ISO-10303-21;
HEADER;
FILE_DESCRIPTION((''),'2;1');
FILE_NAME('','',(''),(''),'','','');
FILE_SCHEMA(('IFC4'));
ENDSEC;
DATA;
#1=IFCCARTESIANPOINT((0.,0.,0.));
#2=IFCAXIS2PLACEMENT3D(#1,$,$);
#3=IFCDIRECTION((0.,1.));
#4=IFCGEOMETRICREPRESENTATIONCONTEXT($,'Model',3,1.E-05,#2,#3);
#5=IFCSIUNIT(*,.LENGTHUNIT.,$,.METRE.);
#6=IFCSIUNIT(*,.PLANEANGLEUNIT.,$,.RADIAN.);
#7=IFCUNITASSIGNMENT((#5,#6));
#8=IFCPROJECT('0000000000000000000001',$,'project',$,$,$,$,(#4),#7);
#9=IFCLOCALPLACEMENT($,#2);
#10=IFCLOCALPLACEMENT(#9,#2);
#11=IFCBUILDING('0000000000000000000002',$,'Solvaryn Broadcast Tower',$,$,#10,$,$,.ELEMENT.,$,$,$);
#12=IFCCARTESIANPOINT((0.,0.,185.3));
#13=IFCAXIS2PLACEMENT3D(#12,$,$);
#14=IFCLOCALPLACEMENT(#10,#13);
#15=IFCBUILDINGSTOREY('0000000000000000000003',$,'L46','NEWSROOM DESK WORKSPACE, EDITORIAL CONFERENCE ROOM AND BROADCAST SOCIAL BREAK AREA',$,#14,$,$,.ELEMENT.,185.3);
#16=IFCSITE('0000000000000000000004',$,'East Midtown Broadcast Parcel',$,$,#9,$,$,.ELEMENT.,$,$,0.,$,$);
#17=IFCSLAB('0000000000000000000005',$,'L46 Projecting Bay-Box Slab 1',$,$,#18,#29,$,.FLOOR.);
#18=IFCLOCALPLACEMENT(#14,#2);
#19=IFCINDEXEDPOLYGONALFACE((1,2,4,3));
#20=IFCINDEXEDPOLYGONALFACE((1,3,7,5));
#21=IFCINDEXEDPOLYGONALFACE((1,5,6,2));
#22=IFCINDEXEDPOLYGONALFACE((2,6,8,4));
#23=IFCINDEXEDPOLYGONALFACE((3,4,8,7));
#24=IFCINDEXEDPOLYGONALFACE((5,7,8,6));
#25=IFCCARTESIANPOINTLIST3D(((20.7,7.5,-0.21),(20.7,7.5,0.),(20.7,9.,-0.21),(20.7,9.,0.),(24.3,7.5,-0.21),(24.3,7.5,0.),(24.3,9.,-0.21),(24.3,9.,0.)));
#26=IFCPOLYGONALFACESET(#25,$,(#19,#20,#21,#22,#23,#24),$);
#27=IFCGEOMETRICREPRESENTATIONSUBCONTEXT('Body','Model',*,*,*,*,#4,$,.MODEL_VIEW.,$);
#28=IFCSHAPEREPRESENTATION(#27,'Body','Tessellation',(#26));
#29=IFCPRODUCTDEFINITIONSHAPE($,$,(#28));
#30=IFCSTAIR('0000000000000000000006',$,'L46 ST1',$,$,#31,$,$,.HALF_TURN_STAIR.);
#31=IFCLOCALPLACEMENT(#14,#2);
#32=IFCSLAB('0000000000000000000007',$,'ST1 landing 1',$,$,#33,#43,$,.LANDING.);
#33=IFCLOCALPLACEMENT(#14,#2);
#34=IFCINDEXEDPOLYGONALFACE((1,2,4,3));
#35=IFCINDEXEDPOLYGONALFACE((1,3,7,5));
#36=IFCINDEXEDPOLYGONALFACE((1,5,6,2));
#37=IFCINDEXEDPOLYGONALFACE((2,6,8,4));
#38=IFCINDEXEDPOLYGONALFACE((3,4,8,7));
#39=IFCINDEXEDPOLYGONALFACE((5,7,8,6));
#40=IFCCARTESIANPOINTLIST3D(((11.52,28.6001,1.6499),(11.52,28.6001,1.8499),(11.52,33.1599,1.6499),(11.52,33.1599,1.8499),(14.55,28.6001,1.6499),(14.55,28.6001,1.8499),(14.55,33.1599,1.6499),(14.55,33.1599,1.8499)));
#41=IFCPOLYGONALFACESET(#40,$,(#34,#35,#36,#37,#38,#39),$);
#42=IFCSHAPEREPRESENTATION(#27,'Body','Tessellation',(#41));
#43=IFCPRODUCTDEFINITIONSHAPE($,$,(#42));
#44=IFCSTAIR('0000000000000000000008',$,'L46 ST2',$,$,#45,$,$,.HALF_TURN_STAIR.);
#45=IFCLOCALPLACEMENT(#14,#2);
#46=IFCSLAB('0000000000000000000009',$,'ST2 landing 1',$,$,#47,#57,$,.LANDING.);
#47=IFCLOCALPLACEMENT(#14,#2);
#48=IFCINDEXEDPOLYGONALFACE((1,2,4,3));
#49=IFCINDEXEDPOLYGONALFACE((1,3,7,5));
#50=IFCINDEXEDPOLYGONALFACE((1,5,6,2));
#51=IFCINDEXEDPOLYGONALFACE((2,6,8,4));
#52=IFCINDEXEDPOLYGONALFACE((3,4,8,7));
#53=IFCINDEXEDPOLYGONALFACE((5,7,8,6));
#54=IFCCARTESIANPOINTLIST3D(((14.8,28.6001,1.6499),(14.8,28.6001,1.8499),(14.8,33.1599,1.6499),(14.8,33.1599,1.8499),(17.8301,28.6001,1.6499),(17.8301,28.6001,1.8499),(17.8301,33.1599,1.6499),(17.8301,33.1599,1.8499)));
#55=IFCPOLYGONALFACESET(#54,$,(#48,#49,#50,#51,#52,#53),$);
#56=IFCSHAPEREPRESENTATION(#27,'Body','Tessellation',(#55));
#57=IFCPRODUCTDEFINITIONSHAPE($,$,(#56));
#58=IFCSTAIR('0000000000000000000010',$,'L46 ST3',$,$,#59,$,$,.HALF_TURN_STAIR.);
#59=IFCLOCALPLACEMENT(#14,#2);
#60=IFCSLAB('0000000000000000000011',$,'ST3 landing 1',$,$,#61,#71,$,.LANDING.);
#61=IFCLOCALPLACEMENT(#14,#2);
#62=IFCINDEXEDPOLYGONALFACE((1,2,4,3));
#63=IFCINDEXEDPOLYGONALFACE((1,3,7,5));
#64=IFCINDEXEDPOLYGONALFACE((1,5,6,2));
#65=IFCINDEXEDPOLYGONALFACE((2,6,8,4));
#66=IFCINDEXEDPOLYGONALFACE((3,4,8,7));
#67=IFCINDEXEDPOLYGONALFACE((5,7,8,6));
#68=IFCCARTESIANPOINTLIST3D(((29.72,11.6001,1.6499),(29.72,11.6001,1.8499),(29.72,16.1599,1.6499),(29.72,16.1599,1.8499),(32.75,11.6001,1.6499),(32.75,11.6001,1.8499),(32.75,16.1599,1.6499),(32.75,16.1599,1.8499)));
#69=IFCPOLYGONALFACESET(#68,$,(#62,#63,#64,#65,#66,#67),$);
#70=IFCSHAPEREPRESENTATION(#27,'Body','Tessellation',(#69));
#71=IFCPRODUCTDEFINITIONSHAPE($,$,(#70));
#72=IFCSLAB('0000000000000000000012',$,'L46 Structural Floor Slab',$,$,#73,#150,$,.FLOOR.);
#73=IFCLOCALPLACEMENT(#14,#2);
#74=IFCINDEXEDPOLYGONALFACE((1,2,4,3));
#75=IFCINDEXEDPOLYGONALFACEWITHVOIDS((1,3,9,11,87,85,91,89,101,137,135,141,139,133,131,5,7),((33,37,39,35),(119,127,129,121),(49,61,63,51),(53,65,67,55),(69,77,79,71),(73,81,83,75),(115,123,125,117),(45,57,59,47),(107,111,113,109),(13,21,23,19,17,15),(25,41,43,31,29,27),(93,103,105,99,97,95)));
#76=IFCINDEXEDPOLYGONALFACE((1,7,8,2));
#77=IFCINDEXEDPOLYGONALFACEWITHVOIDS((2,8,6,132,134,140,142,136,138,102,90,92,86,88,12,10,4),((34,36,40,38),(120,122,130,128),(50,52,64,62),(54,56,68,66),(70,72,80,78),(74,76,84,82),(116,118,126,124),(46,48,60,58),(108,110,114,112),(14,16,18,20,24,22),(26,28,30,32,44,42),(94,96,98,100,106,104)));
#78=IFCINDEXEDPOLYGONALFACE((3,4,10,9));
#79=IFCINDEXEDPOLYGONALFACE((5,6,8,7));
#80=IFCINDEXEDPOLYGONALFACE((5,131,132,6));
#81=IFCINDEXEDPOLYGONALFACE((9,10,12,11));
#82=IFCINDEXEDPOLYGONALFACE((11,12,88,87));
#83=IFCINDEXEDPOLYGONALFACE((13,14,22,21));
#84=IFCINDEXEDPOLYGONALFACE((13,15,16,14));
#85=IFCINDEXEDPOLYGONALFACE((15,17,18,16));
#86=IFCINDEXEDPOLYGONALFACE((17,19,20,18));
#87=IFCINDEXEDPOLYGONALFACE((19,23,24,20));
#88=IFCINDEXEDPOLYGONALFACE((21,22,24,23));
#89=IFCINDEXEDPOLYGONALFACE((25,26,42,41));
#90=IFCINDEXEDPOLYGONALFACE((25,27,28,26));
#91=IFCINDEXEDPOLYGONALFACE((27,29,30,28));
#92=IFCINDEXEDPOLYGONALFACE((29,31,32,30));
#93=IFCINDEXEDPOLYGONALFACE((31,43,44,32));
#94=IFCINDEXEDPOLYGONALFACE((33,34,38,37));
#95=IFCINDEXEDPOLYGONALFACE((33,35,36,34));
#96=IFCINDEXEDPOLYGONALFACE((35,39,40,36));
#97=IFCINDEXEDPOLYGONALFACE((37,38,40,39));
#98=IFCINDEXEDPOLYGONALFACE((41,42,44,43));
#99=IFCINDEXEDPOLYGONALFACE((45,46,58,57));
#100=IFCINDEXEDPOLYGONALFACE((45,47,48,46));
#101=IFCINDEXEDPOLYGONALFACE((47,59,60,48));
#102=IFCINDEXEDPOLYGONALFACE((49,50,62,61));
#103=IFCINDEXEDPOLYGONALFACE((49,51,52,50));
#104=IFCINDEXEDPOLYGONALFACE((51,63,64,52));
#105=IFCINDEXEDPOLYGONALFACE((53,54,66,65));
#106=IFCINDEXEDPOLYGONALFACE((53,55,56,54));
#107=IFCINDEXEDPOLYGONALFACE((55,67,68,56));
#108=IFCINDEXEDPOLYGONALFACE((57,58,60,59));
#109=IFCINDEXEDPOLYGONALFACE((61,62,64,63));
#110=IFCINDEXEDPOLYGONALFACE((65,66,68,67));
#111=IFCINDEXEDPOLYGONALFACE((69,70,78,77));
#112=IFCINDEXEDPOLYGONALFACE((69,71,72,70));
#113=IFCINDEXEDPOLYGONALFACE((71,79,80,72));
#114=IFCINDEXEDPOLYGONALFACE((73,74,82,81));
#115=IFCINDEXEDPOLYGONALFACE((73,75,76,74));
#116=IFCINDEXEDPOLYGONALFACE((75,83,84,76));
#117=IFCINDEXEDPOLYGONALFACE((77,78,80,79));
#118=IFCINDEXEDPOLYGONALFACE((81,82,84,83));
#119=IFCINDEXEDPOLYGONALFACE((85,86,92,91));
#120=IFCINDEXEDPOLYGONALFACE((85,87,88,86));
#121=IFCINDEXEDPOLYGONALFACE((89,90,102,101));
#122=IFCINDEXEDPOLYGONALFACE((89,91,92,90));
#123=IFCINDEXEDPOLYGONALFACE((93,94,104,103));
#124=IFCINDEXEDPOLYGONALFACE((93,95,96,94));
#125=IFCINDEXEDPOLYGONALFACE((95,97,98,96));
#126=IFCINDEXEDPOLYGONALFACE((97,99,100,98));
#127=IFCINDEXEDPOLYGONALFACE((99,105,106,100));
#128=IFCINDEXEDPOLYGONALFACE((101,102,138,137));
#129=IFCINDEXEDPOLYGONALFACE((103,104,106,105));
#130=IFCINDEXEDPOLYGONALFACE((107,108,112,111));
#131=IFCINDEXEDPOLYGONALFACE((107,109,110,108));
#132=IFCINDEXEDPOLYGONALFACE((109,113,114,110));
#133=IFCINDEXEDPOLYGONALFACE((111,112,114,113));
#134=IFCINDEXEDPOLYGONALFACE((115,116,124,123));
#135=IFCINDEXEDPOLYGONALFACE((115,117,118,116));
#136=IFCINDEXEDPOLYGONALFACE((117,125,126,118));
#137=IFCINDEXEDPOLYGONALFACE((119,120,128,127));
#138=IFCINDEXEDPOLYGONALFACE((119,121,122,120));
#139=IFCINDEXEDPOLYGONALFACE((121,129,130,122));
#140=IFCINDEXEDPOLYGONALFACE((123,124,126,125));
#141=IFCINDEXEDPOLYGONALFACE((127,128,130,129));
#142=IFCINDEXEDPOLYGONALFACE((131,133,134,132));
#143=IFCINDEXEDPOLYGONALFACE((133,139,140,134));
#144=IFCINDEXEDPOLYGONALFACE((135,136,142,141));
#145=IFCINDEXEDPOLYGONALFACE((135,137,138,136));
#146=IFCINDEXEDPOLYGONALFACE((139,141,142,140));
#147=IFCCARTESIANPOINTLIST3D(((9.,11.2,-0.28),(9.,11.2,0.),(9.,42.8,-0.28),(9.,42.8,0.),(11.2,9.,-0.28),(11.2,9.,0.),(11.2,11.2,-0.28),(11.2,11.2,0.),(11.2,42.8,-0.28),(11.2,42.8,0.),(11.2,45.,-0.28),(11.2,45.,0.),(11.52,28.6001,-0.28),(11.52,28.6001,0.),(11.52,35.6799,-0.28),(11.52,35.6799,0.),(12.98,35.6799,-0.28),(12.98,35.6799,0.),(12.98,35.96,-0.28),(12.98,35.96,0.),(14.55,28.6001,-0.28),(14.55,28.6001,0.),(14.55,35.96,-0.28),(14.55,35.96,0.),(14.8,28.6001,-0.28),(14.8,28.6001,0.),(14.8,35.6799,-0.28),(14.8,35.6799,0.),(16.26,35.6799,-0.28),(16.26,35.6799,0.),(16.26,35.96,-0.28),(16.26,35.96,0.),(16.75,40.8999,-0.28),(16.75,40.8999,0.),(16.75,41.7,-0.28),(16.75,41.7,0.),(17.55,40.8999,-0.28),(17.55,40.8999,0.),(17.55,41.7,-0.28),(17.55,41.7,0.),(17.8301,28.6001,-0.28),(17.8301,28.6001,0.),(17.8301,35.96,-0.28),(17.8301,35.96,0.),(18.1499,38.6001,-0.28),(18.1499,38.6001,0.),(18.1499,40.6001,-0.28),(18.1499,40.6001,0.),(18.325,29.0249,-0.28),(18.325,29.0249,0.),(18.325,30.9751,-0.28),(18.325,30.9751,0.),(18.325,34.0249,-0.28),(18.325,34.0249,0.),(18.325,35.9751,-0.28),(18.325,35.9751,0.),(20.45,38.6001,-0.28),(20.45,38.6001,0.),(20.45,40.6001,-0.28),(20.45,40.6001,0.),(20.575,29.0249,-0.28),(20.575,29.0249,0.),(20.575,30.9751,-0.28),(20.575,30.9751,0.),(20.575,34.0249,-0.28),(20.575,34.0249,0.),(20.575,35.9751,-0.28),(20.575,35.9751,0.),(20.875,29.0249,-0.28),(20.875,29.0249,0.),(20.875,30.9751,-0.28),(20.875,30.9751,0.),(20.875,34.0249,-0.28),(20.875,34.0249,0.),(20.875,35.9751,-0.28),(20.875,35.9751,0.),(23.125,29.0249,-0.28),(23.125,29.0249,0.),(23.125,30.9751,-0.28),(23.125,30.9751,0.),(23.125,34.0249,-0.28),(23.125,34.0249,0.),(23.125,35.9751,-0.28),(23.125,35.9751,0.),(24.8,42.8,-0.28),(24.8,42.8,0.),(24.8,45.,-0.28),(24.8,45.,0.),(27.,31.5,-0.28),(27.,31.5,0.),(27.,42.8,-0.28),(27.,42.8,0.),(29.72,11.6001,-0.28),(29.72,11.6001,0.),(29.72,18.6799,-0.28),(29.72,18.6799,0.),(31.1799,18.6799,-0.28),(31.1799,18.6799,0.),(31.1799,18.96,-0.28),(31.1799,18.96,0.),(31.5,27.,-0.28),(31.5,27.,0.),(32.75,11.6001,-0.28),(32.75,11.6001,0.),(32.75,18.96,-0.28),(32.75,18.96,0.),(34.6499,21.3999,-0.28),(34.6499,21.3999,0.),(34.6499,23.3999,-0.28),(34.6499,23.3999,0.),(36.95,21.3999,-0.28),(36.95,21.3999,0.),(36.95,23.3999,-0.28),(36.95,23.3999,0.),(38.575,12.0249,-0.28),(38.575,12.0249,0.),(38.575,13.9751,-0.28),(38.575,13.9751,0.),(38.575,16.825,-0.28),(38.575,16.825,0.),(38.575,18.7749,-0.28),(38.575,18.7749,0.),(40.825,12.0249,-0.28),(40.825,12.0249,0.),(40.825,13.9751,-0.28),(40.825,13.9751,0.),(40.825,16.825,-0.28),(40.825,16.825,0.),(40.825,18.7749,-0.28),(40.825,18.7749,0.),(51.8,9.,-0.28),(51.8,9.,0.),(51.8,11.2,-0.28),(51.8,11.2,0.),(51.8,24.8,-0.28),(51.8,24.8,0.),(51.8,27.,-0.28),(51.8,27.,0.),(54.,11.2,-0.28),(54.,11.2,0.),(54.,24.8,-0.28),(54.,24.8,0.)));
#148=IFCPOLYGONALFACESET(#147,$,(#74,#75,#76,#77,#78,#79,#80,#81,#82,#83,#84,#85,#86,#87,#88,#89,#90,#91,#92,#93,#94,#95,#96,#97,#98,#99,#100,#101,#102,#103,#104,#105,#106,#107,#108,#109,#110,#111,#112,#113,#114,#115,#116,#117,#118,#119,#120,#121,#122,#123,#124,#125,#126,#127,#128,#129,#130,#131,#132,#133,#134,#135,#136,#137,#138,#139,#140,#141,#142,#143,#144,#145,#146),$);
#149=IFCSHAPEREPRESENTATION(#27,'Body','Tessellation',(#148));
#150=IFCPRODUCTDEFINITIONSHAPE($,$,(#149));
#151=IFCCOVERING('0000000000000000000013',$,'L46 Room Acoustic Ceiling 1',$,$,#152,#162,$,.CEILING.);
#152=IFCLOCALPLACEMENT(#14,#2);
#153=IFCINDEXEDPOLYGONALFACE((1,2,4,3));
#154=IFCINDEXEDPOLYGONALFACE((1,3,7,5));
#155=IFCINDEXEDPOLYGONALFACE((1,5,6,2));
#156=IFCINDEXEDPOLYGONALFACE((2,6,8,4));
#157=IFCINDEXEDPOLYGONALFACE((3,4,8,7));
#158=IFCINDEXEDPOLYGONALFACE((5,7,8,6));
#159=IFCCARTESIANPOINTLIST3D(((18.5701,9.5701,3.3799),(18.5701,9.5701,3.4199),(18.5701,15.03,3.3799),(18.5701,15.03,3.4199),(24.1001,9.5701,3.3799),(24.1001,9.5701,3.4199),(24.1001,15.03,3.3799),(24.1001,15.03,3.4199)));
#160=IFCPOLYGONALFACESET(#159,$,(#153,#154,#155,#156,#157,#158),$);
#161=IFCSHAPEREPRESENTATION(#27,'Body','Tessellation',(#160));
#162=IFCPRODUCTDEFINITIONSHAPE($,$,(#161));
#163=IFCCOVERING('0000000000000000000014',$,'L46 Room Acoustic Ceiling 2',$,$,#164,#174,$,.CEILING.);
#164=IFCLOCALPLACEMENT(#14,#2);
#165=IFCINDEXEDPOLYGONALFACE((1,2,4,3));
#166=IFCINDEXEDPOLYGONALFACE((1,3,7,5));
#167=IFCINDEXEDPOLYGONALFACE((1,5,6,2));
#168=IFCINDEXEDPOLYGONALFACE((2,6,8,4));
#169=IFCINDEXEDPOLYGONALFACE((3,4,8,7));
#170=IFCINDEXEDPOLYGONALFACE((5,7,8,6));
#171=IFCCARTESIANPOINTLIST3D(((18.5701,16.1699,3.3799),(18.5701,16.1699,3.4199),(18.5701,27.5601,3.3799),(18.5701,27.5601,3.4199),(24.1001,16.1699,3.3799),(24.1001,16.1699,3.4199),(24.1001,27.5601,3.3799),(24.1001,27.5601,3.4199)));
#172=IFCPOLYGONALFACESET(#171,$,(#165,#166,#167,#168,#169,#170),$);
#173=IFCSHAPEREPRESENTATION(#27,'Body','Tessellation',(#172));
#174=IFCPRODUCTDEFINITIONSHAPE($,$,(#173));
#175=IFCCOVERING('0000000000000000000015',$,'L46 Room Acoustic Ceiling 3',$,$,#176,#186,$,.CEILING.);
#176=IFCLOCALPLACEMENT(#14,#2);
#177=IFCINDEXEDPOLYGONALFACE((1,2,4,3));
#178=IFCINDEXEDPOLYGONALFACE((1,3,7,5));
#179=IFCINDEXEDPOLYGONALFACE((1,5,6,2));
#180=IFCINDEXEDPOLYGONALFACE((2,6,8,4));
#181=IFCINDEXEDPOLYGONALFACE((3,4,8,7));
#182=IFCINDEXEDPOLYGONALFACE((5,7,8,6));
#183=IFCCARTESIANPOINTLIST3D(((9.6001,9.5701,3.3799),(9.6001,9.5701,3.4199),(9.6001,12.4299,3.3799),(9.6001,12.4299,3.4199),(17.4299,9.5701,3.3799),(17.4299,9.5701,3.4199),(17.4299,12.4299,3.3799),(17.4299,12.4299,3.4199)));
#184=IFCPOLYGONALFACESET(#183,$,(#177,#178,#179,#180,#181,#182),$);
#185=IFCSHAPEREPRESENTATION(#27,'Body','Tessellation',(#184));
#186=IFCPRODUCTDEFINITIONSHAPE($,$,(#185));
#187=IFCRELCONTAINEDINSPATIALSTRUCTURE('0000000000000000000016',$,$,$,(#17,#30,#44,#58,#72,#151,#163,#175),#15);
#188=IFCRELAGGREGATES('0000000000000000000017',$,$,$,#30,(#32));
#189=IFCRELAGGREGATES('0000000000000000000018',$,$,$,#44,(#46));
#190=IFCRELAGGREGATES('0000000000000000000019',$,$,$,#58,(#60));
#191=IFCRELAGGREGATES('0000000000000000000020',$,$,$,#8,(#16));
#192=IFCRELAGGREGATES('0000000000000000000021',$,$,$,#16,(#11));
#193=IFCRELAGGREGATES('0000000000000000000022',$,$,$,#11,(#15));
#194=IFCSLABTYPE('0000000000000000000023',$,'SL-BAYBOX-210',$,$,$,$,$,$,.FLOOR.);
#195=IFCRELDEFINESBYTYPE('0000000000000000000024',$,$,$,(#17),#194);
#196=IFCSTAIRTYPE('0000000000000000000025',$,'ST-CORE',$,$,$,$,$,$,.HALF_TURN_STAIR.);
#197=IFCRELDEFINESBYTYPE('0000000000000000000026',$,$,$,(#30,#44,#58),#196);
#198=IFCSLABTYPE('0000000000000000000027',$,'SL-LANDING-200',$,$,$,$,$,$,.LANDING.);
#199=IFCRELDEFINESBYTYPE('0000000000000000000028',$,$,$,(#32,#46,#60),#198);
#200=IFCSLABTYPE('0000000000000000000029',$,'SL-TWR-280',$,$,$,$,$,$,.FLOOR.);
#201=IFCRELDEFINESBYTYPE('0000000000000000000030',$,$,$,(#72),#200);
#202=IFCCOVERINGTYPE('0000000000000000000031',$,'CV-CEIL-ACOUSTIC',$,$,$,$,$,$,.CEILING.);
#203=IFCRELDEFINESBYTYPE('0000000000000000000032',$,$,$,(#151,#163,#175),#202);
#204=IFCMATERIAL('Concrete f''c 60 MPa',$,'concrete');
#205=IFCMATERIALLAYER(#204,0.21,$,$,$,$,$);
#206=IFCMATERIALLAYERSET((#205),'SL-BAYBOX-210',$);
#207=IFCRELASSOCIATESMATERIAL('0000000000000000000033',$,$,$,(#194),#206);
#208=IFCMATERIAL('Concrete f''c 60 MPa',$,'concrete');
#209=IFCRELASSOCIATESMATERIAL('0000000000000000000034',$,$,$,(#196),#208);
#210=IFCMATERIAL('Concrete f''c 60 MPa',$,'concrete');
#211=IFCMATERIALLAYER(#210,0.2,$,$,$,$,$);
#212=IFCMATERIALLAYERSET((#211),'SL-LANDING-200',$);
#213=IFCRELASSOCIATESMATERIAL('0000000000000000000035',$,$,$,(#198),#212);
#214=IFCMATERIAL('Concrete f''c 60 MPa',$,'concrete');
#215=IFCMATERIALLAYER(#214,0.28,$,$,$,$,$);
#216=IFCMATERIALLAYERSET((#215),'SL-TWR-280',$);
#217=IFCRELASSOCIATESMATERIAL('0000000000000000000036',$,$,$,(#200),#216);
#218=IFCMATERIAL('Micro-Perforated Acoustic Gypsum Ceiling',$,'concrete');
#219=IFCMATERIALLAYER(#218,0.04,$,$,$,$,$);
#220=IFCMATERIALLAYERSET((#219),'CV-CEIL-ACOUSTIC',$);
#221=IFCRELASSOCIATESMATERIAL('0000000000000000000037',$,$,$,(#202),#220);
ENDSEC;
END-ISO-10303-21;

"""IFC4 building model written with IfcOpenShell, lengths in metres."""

from ifc_helpers import new_model, si_unit, direction, frame, origin, place, context, subcontext, project, spatial, polyline, outline, extrude, material, layer, layer_set, type_object, element, aggregate, save


model = new_model("IFC4")

# Units and contexts
model_context = context("Model", 3, precision=1e-05, world=origin(), true_north=direction((0.0, 1.0)))
body_context = subcontext(model_context, "Body", "Model", "MODEL_VIEW")
ifc_project = project(units=[si_unit("LENGTHUNIT", "METRE"), si_unit("PLANEANGLEUNIT", "RADIAN")], contexts=[model_context])

# Site, building, storey
site_placement = place(None, origin())
site = spatial("IfcSite", under=ifc_project, at=site_placement, Name="East Midtown Broadcast Parcel", CompositionType="ELEMENT", RefElevation=0.0)
building_placement = place(site_placement, origin())
building = spatial("IfcBuilding", under=site, at=building_placement, Name="Solvaryn Broadcast Tower", CompositionType="ELEMENT")
storey_placement = place(building_placement, frame((0.0, 0.0, 185.3)))
storey = spatial("IfcBuildingStorey", under=building, at=storey_placement, Name="L46", Description="NEWSROOM DESK WORKSPACE, EDITORIAL CONFERENCE ROOM AND BROADCAST SOCIAL BREAK AREA", CompositionType="ELEMENT", Elevation=185.3)

# Slab
ifc_material_1 = material(Name="Concrete f'c 60 MPa", Category="concrete")
ifc_layer_1 = layer(ifc_material_1, 0.21)
ifc_layer_set_1 = layer_set([ifc_layer_1], Name="SL-BAYBOX-210")
slab_type_1 = type_object("IfcSlabType", Name="SL-BAYBOX-210", PredefinedType="FLOOR", material=ifc_layer_set_1)
slab_1_placement = place(storey_placement, frame((0.0, 0.0, -0.21)))
element("IfcSlab", 1, at=slab_1_placement, inside=storey, type_object=slab_type_1, Name="L46 Projecting Bay-Box Slab 1", PredefinedType="FLOOR", context=body_context, shape_type="SweptSolid", body=[
    extrude(outline(polyline([(20.7, 7.5), (24.3, 7.5), (24.3, 9.0), (20.7, 9.0), (20.7, 7.5)])), origin(), (0.0, 0.0, 1.0), 0.21),
])

# Stairs, slabs
ifc_material_2 = material(Name="Concrete f'c 60 MPa", Category="concrete")
stair_type = type_object("IfcStairType", Name="ST-CORE", PredefinedType="HALF_TURN_STAIR", material=ifc_material_2)
stair_1_placement = place(storey_placement, origin())
stair_1 = element("IfcStair", 2, at=stair_1_placement, inside=storey, type_object=stair_type, Name="L46 ST1", PredefinedType="HALF_TURN_STAIR")
ifc_material_3 = material(Name="Concrete f'c 60 MPa", Category="concrete")
ifc_layer_2 = layer(ifc_material_3, 0.2)
ifc_layer_set_2 = layer_set([ifc_layer_2], Name="SL-LANDING-200")
slab_type_2 = type_object("IfcSlabType", Name="SL-LANDING-200", PredefinedType="LANDING", material=ifc_layer_set_2)
slab_2_placement = place(storey_placement, frame((0.0, 0.0, 1.6499)))
slab_2 = element("IfcSlab", 3, at=slab_2_placement, type_object=slab_type_2, Name="ST1 landing 1", PredefinedType="LANDING", context=body_context, shape_type="SweptSolid", body=[
    extrude(outline(polyline([(11.52, 33.1599), (11.52, 28.6001), (14.55, 28.6001), (14.55, 33.1599), (11.52, 33.1599)])), origin(), (0.0, 0.0, 1.0), 0.2),
])
aggregate(stair_1, [slab_2])
stair_2_placement = place(storey_placement, origin())
stair_2 = element("IfcStair", 4, at=stair_2_placement, inside=storey, type_object=stair_type, Name="L46 ST2", PredefinedType="HALF_TURN_STAIR")
slab_3_placement = place(storey_placement, frame((0.0, 0.0, 1.6499)))
slab_3 = element("IfcSlab", 5, at=slab_3_placement, type_object=slab_type_2, Name="ST2 landing 1", PredefinedType="LANDING", context=body_context, shape_type="SweptSolid", body=[
    extrude(outline(polyline([(14.8, 33.1599), (14.8, 28.6001), (17.8301, 28.6001), (17.8301, 33.1599), (14.8, 33.1599)])), origin(), (0.0, 0.0, 1.0), 0.2),
])
aggregate(stair_2, [slab_3])
stair_3_placement = place(storey_placement, origin())
stair_3 = element("IfcStair", 6, at=stair_3_placement, inside=storey, type_object=stair_type, Name="L46 ST3", PredefinedType="HALF_TURN_STAIR")
slab_4_placement = place(storey_placement, frame((0.0, 0.0, 1.6499)))
slab_4 = element("IfcSlab", 7, at=slab_4_placement, type_object=slab_type_2, Name="ST3 landing 1", PredefinedType="LANDING", context=body_context, shape_type="SweptSolid", body=[
    extrude(outline(polyline([(29.72, 16.1599), (29.72, 11.6001), (32.75, 11.6001), (32.75, 16.1599), (29.72, 16.1599)])), origin(), (0.0, 0.0, 1.0), 0.2),
])
aggregate(stair_3, [slab_4])

# Slab
ifc_material_4 = material(Name="Concrete f'c 60 MPa", Category="concrete")
ifc_layer_3 = layer(ifc_material_4, 0.28)
ifc_layer_set_3 = layer_set([ifc_layer_3], Name="SL-TWR-280")
slab_type_3 = type_object("IfcSlabType", Name="SL-TWR-280", PredefinedType="FLOOR", material=ifc_layer_set_3)
slab_5_placement = place(storey_placement, frame((0.0, 0.0, -0.28)))
element("IfcSlab", 8, at=slab_5_placement, inside=storey, type_object=slab_type_3, Name="L46 Structural Floor Slab", PredefinedType="FLOOR", context=body_context, shape_type="SweptSolid", body=[
    extrude(outline(polyline([(11.2, 9.0), (51.8, 9.0), (51.8, 11.2), (54.0, 11.2), (54.0, 24.8), (51.8, 24.8), (51.8, 27.0), (31.5, 27.0), (27.0, 31.5), (27.0, 42.8), (24.8, 42.8), (24.8, 45.0), (11.2, 45.0), (11.2, 42.8), (9.0, 42.8), (9.0, 11.2), (11.2, 11.2), (11.2, 9.0)]), holes=[polyline([(11.52, 28.6001), (14.55, 28.6001), (14.55, 35.96), (12.98, 35.96), (12.98, 35.6799), (11.52, 35.6799), (11.52, 28.6001)]), polyline([(14.8, 28.6001), (17.8301, 28.6001), (17.8301, 35.96), (16.26, 35.96), (16.26, 35.6799), (14.8, 35.6799), (14.8, 28.6001)]), polyline([(29.72, 11.6001), (32.75, 11.6001), (32.75, 18.96), (31.1799, 18.96), (31.1799, 18.6799), (29.72, 18.6799), (29.72, 11.6001)]), polyline([(18.1499, 38.6001), (20.45, 38.6001), (20.45, 40.6001), (18.1499, 40.6001), (18.1499, 38.6001)]), polyline([(18.325, 29.0249), (20.575, 29.0249), (20.575, 30.9751), (18.325, 30.9751), (18.325, 29.0249)]), polyline([(20.875, 29.0249), (23.125, 29.0249), (23.125, 30.9751), (20.875, 30.9751), (20.875, 29.0249)]), polyline([(18.325, 34.0249), (20.575, 34.0249), (20.575, 35.9751), (18.325, 35.9751), (18.325, 34.0249)]), polyline([(20.875, 34.0249), (23.125, 34.0249), (23.125, 35.9751), (20.875, 35.9751), (20.875, 34.0249)]), polyline([(34.6499, 21.3999), (36.95, 21.3999), (36.95, 23.3999), (34.6499, 23.3999), (34.6499, 21.3999)]), polyline([(38.575, 12.0249), (40.825, 12.0249), (40.825, 13.9751), (38.575, 13.9751), (38.575, 12.0249)]), polyline([(38.575, 16.825), (40.825, 16.825), (40.825, 18.7749), (38.575, 18.7749), (38.575, 16.825)]), polyline([(16.75, 40.8999), (17.55, 40.8999), (17.55, 41.7), (16.75, 41.7), (16.75, 40.8999)])]), origin(), (0.0, 0.0, 1.0), 0.28),
])

# Coverings
ifc_material_5 = material(Name="Micro-Perforated Acoustic Gypsum Ceiling", Category="concrete")
ifc_layer_4 = layer(ifc_material_5, 0.04)
ifc_layer_set_4 = layer_set([ifc_layer_4], Name="CV-CEIL-ACOUSTIC")
covering_type_1 = type_object("IfcCoveringType", Name="CV-CEIL-ACOUSTIC", PredefinedType="CEILING", material=ifc_layer_set_4)
covering_1_placement = place(storey_placement, frame((0.0, 0.0, 3.3799)))
element("IfcCovering", 9, at=covering_1_placement, inside=storey, type_object=covering_type_1, Name="L46 Room Acoustic Ceiling 1", PredefinedType="CEILING", context=body_context, shape_type="SweptSolid", body=[
    extrude(outline(polyline([(18.5701, 9.5701), (24.1001, 9.5701), (24.1001, 15.03), (18.5701, 15.03), (18.5701, 9.5701)])), origin(), (0.0, 0.0, 1.0), 0.04),
])
covering_2_placement = place(storey_placement, frame((0.0, 0.0, 3.3799)))
element("IfcCovering", 10, at=covering_2_placement, inside=storey, type_object=covering_type_1, Name="L46 Room Acoustic Ceiling 2", PredefinedType="CEILING", context=body_context, shape_type="SweptSolid", body=[
    extrude(outline(polyline([(18.5701, 16.1699), (24.1001, 16.1699), (24.1001, 27.5601), (18.5701, 27.5601), (18.5701, 16.1699)])), origin(), (0.0, 0.0, 1.0), 0.04),
])
covering_3_placement = place(storey_placement, frame((0.0, 0.0, 3.3799)))
element("IfcCovering", 11, at=covering_3_placement, inside=storey, type_object=covering_type_1, Name="L46 Room Acoustic Ceiling 3", PredefinedType="CEILING", context=body_context, shape_type="SweptSolid", body=[
    extrude(outline(polyline([(9.6001, 9.5701), (17.4299, 9.5701), (17.4299, 12.4299), (9.6001, 12.4299), (9.6001, 9.5701)])), origin(), (0.0, 0.0, 1.0), 0.04),
])

save(model, "model.ifc")
